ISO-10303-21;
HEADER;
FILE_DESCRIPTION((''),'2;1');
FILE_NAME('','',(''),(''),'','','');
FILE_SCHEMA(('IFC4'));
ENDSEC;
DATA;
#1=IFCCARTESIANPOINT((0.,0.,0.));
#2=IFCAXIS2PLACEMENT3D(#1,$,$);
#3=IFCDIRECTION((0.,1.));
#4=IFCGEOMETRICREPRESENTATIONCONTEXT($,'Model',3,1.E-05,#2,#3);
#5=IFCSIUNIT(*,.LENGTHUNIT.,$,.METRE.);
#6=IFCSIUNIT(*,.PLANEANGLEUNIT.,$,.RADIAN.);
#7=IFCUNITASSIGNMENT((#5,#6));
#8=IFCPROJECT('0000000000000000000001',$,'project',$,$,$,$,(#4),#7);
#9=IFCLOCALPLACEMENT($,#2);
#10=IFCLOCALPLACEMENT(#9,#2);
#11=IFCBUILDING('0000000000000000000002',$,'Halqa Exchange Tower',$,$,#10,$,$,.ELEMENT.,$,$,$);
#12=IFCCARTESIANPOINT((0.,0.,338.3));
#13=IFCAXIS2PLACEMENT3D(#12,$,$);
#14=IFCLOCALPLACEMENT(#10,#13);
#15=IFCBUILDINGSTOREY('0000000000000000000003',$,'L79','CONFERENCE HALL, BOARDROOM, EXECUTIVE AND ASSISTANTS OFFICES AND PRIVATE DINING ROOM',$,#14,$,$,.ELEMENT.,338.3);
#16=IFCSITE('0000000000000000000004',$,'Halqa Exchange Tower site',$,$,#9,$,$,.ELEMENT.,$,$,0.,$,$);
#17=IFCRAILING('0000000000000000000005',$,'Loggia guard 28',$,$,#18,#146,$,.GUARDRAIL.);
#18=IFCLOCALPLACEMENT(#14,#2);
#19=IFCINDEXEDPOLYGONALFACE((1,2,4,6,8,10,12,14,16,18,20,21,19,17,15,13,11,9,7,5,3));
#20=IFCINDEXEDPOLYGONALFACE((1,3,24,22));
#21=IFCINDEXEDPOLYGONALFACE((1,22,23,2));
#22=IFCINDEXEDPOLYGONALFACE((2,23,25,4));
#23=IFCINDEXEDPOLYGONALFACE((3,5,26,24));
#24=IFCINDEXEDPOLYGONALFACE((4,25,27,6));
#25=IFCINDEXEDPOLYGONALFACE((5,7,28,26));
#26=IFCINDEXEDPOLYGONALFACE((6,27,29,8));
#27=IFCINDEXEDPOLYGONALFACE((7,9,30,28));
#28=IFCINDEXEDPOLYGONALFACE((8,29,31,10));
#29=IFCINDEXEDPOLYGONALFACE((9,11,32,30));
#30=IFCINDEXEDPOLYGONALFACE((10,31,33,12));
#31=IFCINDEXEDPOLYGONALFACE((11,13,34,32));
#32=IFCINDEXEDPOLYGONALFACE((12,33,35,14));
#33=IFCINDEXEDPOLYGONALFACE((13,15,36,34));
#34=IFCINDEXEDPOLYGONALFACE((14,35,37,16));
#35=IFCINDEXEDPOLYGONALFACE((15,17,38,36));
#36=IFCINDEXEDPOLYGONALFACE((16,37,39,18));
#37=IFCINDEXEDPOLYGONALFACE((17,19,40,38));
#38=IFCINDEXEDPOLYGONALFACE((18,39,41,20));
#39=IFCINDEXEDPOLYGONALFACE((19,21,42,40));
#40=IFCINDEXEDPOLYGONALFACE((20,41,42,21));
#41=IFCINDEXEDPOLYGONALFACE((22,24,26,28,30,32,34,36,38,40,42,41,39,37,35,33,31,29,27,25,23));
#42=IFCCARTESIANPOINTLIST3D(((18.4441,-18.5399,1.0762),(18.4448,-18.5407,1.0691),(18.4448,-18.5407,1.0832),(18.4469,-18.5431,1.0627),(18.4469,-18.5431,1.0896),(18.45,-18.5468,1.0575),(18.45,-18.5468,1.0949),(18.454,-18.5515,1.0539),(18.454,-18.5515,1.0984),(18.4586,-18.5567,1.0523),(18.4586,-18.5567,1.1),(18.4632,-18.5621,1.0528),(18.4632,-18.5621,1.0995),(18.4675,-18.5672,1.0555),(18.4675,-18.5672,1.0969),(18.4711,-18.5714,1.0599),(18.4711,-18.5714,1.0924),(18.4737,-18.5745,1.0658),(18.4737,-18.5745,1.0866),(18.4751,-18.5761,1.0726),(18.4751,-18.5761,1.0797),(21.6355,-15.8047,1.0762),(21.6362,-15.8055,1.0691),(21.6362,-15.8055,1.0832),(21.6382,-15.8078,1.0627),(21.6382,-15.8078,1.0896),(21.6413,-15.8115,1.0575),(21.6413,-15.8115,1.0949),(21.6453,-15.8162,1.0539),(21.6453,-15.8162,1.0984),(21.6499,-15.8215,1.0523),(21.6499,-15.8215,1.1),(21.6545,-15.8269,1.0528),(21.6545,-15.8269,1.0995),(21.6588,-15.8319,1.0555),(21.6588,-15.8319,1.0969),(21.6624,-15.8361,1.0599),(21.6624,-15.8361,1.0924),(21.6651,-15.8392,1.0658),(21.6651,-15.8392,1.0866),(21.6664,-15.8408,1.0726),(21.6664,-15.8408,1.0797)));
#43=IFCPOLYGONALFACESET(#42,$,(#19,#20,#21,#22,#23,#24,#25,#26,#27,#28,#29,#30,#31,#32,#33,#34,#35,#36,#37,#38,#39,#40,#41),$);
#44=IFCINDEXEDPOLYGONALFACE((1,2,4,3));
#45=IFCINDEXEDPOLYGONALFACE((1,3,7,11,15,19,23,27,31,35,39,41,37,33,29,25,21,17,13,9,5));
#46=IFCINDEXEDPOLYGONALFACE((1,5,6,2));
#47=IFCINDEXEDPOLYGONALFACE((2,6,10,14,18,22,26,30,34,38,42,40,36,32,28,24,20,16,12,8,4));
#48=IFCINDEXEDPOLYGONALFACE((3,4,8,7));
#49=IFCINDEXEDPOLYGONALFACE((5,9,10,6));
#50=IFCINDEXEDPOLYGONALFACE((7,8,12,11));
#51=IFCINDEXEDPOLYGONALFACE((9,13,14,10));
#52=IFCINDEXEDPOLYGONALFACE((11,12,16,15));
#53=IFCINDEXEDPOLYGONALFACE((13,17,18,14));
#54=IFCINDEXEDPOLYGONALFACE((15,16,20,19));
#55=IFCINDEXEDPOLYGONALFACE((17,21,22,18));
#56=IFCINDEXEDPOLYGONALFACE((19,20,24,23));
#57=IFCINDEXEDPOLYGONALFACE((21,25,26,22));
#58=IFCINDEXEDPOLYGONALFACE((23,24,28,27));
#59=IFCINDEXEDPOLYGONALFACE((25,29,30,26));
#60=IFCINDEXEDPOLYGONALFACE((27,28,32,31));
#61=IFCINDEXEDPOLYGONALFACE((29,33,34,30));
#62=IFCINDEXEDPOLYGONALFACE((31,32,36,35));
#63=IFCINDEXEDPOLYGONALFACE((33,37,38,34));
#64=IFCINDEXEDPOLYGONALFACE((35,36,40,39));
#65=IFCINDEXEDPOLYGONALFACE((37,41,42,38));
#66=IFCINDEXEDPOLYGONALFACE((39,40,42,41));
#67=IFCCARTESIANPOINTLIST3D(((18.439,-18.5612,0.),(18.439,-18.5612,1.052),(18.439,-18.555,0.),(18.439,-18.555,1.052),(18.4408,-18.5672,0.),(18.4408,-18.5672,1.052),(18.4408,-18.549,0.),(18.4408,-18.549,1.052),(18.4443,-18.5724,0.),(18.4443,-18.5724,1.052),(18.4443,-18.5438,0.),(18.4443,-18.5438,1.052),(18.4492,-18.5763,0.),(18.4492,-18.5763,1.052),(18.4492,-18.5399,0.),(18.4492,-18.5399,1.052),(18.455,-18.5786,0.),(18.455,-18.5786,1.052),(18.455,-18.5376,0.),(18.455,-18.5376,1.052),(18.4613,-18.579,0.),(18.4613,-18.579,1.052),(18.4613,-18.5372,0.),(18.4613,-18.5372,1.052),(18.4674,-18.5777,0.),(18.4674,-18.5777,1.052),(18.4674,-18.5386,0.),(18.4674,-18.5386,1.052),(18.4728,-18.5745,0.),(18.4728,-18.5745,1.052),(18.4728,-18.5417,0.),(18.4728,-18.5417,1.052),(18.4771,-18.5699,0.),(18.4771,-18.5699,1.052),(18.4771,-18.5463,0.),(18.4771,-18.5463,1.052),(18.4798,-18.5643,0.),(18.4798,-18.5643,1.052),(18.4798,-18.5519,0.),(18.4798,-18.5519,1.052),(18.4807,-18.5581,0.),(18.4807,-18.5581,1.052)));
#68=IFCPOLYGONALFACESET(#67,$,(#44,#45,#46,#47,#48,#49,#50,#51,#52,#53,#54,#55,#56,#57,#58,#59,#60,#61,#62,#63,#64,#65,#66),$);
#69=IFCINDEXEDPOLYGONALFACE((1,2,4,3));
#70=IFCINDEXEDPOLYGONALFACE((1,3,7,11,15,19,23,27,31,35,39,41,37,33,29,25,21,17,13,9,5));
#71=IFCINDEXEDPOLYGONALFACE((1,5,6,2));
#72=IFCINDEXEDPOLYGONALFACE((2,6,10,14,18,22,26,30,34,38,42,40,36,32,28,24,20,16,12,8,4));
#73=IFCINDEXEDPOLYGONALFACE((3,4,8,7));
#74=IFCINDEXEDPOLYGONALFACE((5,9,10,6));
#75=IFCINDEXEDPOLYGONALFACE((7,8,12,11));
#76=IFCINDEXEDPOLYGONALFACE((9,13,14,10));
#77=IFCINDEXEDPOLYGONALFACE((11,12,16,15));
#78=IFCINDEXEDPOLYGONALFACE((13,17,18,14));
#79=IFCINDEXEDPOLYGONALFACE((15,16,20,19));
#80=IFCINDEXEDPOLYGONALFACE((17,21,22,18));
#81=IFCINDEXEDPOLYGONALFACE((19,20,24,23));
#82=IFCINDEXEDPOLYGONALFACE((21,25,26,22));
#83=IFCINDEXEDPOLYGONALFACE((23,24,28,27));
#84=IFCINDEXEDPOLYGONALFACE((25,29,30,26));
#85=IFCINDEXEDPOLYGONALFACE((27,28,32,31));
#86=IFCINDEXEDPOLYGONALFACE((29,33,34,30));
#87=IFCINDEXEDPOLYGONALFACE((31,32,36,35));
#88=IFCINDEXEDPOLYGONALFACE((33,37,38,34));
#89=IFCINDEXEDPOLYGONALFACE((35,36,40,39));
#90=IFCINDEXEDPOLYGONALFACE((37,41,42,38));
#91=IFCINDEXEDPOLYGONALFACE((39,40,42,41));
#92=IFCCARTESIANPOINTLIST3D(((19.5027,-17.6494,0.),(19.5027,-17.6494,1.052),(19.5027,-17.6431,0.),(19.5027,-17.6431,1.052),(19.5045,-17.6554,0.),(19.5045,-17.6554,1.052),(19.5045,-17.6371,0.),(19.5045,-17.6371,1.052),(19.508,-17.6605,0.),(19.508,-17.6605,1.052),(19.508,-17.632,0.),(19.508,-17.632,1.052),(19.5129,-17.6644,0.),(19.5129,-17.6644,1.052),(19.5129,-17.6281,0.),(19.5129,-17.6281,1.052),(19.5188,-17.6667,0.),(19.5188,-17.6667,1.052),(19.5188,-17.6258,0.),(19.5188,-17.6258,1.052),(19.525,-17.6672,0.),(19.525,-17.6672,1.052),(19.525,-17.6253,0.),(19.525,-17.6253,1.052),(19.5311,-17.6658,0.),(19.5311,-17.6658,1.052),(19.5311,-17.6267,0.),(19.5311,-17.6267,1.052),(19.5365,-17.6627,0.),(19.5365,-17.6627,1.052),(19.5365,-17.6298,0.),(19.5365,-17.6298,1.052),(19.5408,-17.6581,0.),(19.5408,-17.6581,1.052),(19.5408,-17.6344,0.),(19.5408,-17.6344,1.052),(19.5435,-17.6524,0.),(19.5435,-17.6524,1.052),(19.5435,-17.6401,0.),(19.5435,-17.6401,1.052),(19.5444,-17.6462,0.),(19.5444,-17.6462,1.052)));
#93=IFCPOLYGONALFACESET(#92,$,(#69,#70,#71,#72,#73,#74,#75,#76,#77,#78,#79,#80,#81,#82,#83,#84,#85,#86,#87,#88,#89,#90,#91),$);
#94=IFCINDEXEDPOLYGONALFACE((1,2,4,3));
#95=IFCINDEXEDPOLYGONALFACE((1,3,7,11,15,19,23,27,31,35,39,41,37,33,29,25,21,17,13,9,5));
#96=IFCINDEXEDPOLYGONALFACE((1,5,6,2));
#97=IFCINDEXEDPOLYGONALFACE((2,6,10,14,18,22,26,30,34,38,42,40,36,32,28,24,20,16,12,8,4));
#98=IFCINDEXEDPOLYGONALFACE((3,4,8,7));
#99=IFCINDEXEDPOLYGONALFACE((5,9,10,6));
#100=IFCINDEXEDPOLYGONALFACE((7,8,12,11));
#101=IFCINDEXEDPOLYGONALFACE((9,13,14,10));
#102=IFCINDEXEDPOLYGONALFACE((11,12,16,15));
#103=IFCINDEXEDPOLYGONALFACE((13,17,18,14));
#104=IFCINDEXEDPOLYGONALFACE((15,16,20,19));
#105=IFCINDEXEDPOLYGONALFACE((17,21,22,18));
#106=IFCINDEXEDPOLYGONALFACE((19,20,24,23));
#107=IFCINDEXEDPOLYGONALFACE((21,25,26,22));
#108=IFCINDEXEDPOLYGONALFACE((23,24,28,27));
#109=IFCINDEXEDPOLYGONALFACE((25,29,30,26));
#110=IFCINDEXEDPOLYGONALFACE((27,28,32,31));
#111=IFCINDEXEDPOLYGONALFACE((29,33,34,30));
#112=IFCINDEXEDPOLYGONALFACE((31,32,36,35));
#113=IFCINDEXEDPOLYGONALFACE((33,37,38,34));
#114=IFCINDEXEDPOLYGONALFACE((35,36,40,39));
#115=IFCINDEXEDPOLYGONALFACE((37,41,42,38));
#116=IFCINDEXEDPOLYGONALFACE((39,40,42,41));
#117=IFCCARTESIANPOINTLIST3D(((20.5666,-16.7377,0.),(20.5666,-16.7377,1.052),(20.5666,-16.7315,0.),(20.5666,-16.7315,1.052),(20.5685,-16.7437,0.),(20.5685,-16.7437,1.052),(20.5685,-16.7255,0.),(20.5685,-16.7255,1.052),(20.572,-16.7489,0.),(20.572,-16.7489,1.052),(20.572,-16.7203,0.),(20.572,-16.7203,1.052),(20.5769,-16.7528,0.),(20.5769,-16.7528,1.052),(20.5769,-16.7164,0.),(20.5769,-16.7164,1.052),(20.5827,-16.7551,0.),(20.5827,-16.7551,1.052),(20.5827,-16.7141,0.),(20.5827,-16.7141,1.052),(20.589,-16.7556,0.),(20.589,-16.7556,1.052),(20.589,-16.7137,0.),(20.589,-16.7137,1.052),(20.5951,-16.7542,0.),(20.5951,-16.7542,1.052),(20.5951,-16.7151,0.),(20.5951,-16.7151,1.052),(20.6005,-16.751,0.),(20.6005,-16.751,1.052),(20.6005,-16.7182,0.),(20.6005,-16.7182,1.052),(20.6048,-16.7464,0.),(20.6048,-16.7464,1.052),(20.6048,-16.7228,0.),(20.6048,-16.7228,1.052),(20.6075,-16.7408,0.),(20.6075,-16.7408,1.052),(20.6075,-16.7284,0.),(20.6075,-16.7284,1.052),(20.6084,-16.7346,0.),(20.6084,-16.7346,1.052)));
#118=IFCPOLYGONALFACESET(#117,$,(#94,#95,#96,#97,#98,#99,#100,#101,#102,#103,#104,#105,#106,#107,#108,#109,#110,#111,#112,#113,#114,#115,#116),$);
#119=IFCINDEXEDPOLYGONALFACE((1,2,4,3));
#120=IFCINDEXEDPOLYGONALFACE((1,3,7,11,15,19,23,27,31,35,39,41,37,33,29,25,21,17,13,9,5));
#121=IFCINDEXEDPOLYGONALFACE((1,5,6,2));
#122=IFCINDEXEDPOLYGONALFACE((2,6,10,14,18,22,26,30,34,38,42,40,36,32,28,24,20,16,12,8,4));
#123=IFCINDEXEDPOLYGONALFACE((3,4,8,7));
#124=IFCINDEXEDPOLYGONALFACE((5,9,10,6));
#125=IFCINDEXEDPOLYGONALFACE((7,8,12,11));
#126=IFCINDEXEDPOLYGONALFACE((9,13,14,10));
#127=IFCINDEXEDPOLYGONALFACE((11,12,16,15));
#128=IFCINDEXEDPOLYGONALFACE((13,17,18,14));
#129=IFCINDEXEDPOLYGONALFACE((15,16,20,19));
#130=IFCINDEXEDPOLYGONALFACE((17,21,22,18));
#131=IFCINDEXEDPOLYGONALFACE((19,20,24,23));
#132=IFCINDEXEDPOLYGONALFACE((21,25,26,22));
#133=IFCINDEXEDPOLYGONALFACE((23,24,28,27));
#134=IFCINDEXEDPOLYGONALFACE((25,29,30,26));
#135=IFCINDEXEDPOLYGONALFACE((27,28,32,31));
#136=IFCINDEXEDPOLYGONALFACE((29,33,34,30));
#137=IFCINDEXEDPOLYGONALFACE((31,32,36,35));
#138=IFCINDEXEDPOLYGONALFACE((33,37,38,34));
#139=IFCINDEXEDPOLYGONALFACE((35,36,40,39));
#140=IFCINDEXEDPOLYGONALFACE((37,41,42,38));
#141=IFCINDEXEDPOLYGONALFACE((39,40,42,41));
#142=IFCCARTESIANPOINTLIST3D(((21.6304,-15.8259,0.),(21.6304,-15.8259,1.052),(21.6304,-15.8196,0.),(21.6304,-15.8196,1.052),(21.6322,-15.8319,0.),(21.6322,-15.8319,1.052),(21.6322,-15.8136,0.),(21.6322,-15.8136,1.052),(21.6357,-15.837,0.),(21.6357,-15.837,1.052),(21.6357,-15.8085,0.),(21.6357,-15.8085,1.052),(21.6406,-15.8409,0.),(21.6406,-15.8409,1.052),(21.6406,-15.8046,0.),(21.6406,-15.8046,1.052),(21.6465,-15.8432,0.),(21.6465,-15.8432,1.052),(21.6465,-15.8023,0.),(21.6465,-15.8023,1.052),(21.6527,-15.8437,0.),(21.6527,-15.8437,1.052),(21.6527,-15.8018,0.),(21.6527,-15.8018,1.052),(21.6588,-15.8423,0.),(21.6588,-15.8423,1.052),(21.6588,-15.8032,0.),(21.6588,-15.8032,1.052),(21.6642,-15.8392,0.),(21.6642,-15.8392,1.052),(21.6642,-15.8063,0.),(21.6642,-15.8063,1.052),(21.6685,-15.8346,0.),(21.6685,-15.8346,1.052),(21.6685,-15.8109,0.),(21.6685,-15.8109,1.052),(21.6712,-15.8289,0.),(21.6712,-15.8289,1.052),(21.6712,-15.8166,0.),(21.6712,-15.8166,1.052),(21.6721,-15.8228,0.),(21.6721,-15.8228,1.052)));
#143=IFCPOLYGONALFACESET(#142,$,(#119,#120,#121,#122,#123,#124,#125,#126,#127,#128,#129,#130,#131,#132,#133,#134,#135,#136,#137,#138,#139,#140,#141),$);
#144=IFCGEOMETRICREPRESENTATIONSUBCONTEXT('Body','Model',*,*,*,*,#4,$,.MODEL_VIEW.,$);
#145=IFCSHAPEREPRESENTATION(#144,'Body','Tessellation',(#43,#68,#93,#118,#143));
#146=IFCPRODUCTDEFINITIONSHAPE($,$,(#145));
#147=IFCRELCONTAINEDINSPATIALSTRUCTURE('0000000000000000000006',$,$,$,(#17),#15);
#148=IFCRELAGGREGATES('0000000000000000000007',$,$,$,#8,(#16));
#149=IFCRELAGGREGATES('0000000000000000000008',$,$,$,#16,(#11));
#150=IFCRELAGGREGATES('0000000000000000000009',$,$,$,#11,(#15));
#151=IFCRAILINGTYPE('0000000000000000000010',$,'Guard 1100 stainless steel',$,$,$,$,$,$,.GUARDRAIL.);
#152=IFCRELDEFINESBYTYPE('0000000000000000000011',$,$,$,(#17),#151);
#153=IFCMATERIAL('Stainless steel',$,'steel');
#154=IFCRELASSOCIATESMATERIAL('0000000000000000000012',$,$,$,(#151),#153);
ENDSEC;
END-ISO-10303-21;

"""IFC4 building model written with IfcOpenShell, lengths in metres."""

from ifc_helpers import new_model, si_unit, direction, frame, origin, origin_2d, place, context, subcontext, project, spatial, circle, extrude, material, type_object, element, save


model = new_model("IFC4")

# Units and contexts
model_context = context("Model", 3, precision=1e-05, world=origin(), true_north=direction((0.0, 1.0)))
body_context = subcontext(model_context, "Body", "Model", "MODEL_VIEW")
ifc_project = project(units=[si_unit("LENGTHUNIT", "METRE"), si_unit("PLANEANGLEUNIT", "RADIAN")], contexts=[model_context])

# Site, building, storey
site_placement = place(None, origin())
site = spatial("IfcSite", under=ifc_project, at=site_placement, Name="Halqa Exchange Tower site", CompositionType="ELEMENT", RefElevation=0.0)
building_placement = place(site_placement, origin())
building = spatial("IfcBuilding", under=site, at=building_placement, Name="Halqa Exchange Tower", CompositionType="ELEMENT")
storey_placement = place(building_placement, frame((0.0, 0.0, 338.3)))
storey = spatial("IfcBuildingStorey", under=building, at=storey_placement, Name="L79", Description="CONFERENCE HALL, BOARDROOM, EXECUTIVE AND ASSISTANTS OFFICES AND PRIVATE DINING ROOM", CompositionType="ELEMENT", Elevation=338.3)

# Railing
ifc_material_1 = material(Name="Stainless steel", Category="steel")
railing_type = type_object("IfcRailingType", Name="Guard 1100 stainless steel", PredefinedType="GUARDRAIL", material=ifc_material_1)
railing_1_placement = place(storey_placement, frame((18.4597, -18.5581, 0.0)))
element("IfcRailing", 1, at=railing_1_placement, inside=storey, type_object=railing_type, Name="Loggia guard 28", PredefinedType="GUARDRAIL", context=body_context, shape_type="SweptSolid", body=[
    extrude(circle(Radius=0.0239, at=origin_2d()), frame((0.0, 0.0, 1.0762), z_axis=(0.759273, 0.650772, 0.0), x_axis=(-0.650772, 0.759273, 0.0)), (0.0, 0.0, 1.0), 4.2031),
    extrude(circle(Radius=0.021, at=origin_2d()), origin(), (0.0, 0.0, 1.0), 1.052),
    extrude(circle(Radius=0.021, at=origin_2d()), frame((1.0637, 0.9119, 0.0)), (0.0, 0.0, 1.0), 1.052),
    extrude(circle(Radius=0.021, at=origin_2d()), frame((2.1277, 1.8235, 0.0)), (0.0, 0.0, 1.0), 1.052),
    extrude(circle(Radius=0.021, at=origin_2d()), frame((3.1914, 2.7354, 0.0)), (0.0, 0.0, 1.0), 1.052),
])

save(model, "model.ifc")
